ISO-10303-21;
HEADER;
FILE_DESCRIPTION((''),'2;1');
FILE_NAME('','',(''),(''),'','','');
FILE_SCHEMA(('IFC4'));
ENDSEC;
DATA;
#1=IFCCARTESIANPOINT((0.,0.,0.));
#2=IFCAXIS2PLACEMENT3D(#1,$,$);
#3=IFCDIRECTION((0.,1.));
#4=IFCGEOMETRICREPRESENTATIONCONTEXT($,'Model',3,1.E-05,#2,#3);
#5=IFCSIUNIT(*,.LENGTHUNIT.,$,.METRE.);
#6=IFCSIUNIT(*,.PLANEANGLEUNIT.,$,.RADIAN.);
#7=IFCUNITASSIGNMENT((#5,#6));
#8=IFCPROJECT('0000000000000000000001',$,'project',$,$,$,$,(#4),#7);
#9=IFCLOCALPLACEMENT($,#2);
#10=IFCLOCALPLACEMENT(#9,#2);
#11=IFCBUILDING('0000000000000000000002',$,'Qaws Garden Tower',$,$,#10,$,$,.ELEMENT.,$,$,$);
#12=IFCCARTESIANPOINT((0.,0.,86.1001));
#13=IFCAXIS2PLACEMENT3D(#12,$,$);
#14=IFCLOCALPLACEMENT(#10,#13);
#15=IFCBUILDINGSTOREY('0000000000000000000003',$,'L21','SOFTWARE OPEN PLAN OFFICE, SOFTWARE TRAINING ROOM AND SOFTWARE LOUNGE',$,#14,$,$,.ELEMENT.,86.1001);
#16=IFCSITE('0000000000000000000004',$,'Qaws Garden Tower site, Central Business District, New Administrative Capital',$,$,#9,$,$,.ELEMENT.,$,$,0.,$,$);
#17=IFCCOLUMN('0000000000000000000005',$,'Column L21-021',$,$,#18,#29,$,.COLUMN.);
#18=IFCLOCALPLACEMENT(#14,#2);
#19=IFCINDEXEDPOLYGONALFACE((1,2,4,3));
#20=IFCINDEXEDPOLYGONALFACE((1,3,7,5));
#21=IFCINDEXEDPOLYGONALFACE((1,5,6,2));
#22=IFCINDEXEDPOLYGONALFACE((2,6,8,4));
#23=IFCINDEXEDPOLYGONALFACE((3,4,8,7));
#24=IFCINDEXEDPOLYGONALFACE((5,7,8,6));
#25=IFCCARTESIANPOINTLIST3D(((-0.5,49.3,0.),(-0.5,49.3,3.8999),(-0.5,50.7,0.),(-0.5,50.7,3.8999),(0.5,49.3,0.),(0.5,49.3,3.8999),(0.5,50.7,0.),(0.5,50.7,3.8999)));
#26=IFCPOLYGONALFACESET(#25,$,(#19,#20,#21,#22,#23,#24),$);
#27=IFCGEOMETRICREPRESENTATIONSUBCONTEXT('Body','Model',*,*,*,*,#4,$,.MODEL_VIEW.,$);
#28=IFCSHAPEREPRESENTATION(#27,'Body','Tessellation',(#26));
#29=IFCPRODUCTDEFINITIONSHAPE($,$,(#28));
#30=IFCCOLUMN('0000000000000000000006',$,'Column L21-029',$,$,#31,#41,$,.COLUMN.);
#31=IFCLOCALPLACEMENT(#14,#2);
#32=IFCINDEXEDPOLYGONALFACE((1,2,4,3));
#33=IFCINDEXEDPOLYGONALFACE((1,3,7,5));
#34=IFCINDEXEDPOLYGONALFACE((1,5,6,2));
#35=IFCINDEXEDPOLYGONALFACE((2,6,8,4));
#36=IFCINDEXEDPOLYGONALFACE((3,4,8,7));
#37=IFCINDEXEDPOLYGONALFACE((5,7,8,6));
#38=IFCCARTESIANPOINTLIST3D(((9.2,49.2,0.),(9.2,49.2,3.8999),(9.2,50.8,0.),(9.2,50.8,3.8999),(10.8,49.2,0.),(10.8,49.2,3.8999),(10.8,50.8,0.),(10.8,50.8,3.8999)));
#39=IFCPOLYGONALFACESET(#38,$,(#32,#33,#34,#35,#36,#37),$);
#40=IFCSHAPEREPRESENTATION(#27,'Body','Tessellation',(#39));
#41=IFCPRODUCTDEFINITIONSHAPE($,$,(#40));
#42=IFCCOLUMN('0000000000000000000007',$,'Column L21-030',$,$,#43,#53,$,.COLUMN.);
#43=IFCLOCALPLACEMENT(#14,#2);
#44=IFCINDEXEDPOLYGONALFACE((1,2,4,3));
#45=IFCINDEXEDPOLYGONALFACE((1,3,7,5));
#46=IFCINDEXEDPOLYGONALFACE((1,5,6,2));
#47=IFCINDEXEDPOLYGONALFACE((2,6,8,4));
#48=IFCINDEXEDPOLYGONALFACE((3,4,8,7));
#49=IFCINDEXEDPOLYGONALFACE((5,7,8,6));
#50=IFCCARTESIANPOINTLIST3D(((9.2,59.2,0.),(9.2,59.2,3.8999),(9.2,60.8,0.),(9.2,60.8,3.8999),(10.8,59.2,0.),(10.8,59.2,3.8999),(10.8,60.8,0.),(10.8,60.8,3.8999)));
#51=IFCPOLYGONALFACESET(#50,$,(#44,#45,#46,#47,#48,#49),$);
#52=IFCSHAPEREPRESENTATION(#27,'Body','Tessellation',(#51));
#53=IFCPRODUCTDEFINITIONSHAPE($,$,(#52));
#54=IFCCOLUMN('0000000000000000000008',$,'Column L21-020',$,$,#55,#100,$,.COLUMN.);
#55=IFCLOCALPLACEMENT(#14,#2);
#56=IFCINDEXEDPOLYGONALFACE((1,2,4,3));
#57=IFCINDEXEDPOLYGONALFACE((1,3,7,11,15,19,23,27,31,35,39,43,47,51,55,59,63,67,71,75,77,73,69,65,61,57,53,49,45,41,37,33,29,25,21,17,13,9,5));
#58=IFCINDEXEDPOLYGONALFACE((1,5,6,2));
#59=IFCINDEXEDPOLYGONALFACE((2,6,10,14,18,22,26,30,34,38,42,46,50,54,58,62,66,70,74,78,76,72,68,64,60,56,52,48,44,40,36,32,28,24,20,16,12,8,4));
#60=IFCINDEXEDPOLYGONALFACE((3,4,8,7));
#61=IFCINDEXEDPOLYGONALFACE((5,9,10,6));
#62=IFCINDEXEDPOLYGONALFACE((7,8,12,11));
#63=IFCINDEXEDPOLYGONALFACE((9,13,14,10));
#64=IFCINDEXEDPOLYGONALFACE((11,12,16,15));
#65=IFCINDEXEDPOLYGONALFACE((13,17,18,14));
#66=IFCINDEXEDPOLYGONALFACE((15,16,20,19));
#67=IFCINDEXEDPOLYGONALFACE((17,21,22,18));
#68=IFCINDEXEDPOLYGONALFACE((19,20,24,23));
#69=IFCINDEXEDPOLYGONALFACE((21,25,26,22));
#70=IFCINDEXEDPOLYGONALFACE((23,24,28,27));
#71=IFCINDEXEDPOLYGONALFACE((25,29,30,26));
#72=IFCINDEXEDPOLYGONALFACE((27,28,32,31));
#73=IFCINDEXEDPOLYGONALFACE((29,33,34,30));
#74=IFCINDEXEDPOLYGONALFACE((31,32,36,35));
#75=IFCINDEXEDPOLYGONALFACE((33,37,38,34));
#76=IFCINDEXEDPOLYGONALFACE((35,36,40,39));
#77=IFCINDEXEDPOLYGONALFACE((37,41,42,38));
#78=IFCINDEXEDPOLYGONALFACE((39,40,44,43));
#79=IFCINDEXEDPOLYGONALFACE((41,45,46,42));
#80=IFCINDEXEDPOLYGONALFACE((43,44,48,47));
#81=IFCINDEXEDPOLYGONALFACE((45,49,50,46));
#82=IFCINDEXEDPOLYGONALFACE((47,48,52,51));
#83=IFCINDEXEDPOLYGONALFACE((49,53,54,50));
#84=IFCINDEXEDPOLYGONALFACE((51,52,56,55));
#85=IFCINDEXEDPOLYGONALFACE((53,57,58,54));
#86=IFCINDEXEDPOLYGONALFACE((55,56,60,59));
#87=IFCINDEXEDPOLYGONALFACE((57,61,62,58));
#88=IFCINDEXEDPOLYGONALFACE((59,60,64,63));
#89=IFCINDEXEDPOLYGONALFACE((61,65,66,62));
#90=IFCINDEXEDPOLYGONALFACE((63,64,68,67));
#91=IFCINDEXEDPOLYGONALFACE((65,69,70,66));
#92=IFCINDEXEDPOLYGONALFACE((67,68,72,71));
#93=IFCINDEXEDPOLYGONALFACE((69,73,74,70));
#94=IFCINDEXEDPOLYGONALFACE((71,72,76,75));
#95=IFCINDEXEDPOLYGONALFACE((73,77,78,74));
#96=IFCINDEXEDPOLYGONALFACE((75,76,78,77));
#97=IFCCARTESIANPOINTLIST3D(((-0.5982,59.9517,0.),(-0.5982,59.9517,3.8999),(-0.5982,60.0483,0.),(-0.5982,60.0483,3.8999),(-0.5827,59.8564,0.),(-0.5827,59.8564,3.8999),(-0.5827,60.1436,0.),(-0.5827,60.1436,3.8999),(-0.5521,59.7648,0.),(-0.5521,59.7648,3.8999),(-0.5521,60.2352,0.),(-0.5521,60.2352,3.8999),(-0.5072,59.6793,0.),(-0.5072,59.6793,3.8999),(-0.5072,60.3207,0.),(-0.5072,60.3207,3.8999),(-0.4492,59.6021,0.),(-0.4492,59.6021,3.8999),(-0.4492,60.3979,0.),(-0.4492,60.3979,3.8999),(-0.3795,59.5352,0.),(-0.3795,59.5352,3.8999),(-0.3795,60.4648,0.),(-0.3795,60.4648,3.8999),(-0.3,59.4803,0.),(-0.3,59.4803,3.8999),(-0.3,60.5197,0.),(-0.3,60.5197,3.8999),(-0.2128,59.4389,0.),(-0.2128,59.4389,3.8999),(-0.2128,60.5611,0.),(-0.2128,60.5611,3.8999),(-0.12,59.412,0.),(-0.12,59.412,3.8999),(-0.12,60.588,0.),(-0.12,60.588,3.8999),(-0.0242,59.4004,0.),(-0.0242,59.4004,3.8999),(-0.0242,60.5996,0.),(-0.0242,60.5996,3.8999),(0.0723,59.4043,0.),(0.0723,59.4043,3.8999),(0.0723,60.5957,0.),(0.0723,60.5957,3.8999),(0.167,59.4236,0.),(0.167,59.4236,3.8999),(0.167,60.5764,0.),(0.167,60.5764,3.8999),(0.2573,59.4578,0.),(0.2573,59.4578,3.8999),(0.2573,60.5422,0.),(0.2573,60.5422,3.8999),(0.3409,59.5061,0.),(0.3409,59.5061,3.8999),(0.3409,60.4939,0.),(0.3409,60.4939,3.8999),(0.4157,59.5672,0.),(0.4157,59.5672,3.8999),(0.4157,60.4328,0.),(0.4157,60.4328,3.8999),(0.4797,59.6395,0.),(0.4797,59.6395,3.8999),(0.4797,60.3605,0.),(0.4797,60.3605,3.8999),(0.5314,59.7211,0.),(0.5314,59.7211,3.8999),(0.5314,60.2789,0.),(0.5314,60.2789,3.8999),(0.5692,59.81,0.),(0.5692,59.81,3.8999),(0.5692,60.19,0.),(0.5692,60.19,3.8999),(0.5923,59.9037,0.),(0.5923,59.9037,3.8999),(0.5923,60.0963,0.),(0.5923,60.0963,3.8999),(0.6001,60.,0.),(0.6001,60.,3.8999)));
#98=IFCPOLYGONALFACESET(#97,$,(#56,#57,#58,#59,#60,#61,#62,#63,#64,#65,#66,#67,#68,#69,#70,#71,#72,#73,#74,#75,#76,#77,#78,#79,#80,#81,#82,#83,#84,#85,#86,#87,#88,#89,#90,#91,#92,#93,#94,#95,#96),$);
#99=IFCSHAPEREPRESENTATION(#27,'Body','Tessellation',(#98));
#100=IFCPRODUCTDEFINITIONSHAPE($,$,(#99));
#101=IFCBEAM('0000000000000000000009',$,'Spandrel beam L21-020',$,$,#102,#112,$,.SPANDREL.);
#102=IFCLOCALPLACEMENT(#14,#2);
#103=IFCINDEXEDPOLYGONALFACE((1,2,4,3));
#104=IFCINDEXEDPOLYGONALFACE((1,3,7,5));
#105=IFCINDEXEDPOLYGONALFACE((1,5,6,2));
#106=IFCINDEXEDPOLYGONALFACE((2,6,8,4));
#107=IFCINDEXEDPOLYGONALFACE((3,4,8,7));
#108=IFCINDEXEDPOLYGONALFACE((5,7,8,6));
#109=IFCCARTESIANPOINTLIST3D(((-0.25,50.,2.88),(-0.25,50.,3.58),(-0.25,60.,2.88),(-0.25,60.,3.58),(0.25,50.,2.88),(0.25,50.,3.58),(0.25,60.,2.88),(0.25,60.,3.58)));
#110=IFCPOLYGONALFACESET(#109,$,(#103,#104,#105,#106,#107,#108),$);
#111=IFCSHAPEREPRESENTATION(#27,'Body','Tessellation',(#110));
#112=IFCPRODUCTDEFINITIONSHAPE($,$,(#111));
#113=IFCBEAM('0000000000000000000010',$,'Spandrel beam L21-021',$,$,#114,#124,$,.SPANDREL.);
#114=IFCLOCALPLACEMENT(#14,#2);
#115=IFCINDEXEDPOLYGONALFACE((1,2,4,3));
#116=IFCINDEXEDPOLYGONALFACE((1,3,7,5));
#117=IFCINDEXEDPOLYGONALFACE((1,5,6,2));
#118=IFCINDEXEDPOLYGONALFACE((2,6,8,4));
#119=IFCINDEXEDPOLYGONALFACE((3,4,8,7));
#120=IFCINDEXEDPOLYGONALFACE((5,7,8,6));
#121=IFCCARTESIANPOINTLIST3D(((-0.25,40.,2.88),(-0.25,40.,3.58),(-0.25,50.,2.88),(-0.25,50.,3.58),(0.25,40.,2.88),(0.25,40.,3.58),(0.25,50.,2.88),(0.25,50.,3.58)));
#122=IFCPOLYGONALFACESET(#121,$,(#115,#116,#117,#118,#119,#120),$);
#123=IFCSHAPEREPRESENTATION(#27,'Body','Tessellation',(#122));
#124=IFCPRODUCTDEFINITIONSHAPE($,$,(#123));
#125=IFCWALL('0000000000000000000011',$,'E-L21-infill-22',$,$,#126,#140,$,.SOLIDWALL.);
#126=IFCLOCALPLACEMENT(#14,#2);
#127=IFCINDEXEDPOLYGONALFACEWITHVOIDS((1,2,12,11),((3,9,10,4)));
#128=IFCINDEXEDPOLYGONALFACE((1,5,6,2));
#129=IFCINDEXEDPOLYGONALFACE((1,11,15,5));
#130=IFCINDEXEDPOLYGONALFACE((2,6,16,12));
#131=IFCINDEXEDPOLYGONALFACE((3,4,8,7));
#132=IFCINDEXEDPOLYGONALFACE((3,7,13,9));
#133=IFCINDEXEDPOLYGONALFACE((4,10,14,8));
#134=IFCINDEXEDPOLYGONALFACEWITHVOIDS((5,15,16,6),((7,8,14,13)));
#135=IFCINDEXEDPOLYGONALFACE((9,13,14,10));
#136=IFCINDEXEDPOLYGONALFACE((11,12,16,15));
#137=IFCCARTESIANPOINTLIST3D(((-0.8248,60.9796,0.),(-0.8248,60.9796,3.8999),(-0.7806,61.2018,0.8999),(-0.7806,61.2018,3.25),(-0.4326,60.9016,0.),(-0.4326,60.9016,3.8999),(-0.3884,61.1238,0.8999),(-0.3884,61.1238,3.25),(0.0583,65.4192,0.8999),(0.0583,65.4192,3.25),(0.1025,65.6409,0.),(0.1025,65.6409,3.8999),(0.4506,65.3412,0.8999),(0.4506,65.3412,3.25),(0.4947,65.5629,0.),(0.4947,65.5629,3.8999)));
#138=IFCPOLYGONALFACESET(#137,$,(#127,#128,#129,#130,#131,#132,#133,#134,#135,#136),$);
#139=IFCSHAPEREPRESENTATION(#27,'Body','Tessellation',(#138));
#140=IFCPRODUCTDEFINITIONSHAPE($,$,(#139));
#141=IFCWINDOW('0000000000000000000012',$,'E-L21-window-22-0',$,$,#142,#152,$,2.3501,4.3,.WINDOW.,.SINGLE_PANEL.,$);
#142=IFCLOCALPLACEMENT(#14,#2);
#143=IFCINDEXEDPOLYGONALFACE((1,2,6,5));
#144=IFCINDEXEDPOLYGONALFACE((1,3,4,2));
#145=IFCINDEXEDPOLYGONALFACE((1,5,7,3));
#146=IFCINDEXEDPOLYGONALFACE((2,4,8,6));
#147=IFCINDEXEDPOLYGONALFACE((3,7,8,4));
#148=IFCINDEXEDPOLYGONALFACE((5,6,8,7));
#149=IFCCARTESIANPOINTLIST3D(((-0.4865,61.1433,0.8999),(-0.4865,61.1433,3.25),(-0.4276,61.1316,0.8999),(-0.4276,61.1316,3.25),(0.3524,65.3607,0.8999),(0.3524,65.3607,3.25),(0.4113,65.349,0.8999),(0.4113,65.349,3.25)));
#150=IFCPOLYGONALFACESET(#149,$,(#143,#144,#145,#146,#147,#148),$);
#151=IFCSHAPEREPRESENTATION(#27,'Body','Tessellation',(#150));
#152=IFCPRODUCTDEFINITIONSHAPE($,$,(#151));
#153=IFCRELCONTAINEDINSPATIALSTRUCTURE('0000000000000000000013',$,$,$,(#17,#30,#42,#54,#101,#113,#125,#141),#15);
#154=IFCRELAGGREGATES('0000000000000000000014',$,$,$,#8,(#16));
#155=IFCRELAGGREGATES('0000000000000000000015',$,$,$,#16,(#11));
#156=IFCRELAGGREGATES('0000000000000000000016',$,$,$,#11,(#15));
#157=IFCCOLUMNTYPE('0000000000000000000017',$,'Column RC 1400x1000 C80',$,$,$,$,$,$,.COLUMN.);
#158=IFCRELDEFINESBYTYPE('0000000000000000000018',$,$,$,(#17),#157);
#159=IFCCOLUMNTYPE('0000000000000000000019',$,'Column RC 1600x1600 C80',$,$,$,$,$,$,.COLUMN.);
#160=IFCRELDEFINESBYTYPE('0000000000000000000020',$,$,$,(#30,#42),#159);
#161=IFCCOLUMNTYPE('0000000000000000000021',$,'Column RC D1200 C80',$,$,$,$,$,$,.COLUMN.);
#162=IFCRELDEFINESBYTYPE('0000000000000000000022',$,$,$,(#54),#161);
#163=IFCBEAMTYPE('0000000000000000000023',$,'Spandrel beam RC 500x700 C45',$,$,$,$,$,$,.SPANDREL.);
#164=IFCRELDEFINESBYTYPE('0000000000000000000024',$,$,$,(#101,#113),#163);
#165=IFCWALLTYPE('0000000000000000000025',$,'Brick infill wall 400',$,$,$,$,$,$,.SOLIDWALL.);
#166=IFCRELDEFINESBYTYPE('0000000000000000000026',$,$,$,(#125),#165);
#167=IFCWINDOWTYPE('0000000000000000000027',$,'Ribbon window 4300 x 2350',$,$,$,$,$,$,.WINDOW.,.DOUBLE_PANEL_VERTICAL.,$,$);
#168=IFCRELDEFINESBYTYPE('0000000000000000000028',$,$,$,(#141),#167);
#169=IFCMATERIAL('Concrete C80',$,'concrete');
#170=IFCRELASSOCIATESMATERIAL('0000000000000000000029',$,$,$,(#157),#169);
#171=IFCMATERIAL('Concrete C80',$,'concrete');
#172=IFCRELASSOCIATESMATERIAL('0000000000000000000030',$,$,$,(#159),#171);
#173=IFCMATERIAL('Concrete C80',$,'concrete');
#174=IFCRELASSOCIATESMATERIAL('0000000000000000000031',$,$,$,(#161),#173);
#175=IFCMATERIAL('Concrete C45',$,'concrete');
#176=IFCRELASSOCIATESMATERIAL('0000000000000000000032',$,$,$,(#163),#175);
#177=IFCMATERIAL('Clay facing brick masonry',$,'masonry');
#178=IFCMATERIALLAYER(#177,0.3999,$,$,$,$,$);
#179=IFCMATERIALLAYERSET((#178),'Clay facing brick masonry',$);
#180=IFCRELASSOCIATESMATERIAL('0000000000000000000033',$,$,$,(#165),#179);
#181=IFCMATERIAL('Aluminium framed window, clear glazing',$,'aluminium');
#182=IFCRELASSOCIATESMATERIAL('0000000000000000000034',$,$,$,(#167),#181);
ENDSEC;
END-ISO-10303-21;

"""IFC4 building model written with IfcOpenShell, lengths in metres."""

from ifc_helpers import new_model, si_unit, direction, frame, frame_2d, origin, origin_2d, place, context, subcontext, project, spatial, rectangle, circle, extrude, material, layer, layer_set, material_profile, profile_set, type_object, element, fill, save


model = new_model("IFC4")

# Units and contexts
model_context = context("Model", 3, precision=1e-05, world=origin(), true_north=direction((0.0, 1.0)))
body_context = subcontext(model_context, "Body", "Model", "MODEL_VIEW")
ifc_project = project(units=[si_unit("LENGTHUNIT", "METRE"), si_unit("PLANEANGLEUNIT", "RADIAN")], contexts=[model_context])

# Site, building, storey
site_placement = place(None, origin())
site = spatial("IfcSite", under=ifc_project, at=site_placement, Name="Qaws Garden Tower site, Central Business District, New Administrative Capital", CompositionType="ELEMENT", RefElevation=0.0)
building_placement = place(site_placement, origin())
building = spatial("IfcBuilding", under=site, at=building_placement, Name="Qaws Garden Tower", CompositionType="ELEMENT")
storey_placement = place(building_placement, frame((0.0, 0.0, 86.1001)))
storey = spatial("IfcBuildingStorey", under=building, at=storey_placement, Name="L21", Description="SOFTWARE OPEN PLAN OFFICE, SOFTWARE TRAINING ROOM AND SOFTWARE LOUNGE", CompositionType="ELEMENT", Elevation=86.1001)

# Columns
ifc_material_1 = material(Name="Concrete C80", Category="concrete")
ifc_material_profile_1 = material_profile(ifc_material_1, rectangle(XDim=1.3999, YDim=1.0, at=origin_2d()), Name="RC 1400x1000")
ifc_profile_set_1 = profile_set([ifc_material_profile_1], Name="Concrete C80")
column_type_1 = type_object("IfcColumnType", Name="Column RC 1400x1000 C80", PredefinedType="COLUMN", material=ifc_profile_set_1)
column_1_placement = place(storey_placement, frame((0.0, 50.0, 0.0), z_axis=(0.0, 0.0, 1.0), x_axis=(0.0, 1.0, 0.0)))
element("IfcColumn", 1, at=column_1_placement, inside=storey, type_object=column_type_1, Name="Column L21-021", PredefinedType="COLUMN", context=body_context, shape_type="SweptSolid", body=[
    extrude(rectangle(XDim=1.3999, YDim=1.0, at=origin_2d()), origin(), (0.0, 0.0, 1.0), 3.8999),
])
ifc_material_2 = material(Name="Concrete C80", Category="concrete")
ifc_material_profile_2 = material_profile(ifc_material_2, rectangle(XDim=1.6001, YDim=1.6001, at=origin_2d()), Name="RC 1600x1600")
ifc_profile_set_2 = profile_set([ifc_material_profile_2], Name="Concrete C80")
column_type_2 = type_object("IfcColumnType", Name="Column RC 1600x1600 C80", PredefinedType="COLUMN", material=ifc_profile_set_2)
for number, where, z_axis, x_axis, name in (
    (2, (10.0, 50.0, 0.0), (0.0, 0.0, 1.0), (1.0, 0.0, 0.0), "Column L21-029"),
    (3, (10.0, 60.0, 0.0), (0.0, 0.0, 1.0), (1.0, 0.0, 0.0), "Column L21-030"),
):
    element("IfcColumn", number, at=place(storey_placement, frame(where, z_axis=z_axis, x_axis=x_axis)), inside=storey, type_object=column_type_2, Name=name, PredefinedType="COLUMN", context=body_context, shape_type="SweptSolid", body=[
        extrude(rectangle(XDim=1.6001, YDim=1.6001, at=origin_2d()), origin(), (0.0, 0.0, 1.0), 3.8999),
    ])
ifc_material_3 = material(Name="Concrete C80", Category="concrete")
ifc_material_profile_3 = material_profile(ifc_material_3, circle(Radius=0.6001, at=origin_2d()), Name="RC D1200")
ifc_profile_set_3 = profile_set([ifc_material_profile_3], Name="Concrete C80")
column_type_3 = type_object("IfcColumnType", Name="Column RC D1200 C80", PredefinedType="COLUMN", material=ifc_profile_set_3)
column_2_placement = place(storey_placement, frame((0.0, 60.0, 0.0), z_axis=(0.0, 0.0, 1.0), x_axis=(1.0, 0.0, 0.0)))
element("IfcColumn", 4, at=column_2_placement, inside=storey, type_object=column_type_3, Name="Column L21-020", PredefinedType="COLUMN", context=body_context, shape_type="SweptSolid", body=[
    extrude(circle(Radius=0.6001, at=origin_2d()), origin(), (0.0, 0.0, 1.0), 3.8999),
])

# Beams
ifc_material_4 = material(Name="Concrete C45", Category="concrete")
ifc_material_profile_4 = material_profile(ifc_material_4, rectangle(XDim=0.5, YDim=0.7, at=origin_2d()), Name="RC 500x700")
ifc_profile_set_4 = profile_set([ifc_material_profile_4], Name="Concrete C45")
beam_type = type_object("IfcBeamType", Name="Spandrel beam RC 500x700 C45", PredefinedType="SPANDREL", material=ifc_profile_set_4)
for number, where, z_axis, x_axis, name in (
    (5, (0.0, 60.0, 3.23), (0.0, -1.0, 0.0), (1.0, 0.0, 0.0), "Spandrel beam L21-020"),
    (6, (0.0, 50.0, 3.23), (0.0, -1.0, 0.0), (1.0, 0.0, 0.0), "Spandrel beam L21-021"),
):
    element("IfcBeam", number, at=place(storey_placement, frame(where, z_axis=z_axis, x_axis=x_axis)), inside=storey, type_object=beam_type, Name=name, PredefinedType="SPANDREL", context=body_context, shape_type="SweptSolid", body=[
        extrude(rectangle(XDim=0.5, YDim=0.7, at=origin_2d()), origin(), (0.0, 0.0, 1.0), 10.0),
    ])

# Wall, opening, window
ifc_material_5 = material(Name="Clay facing brick masonry", Category="masonry")
ifc_layer_1 = layer(ifc_material_5, 0.3999)
ifc_layer_set_1 = layer_set([ifc_layer_1], Name="Clay facing brick masonry")
wall_type_1 = type_object("IfcWallType", Name="Brick infill wall 400", PredefinedType="SOLIDWALL", material=ifc_layer_set_1)
wall_1_placement = place(storey_placement, frame((0.2986, 65.6021, 0.0), z_axis=(0.0, 0.0, 1.0), x_axis=(-0.195099, -0.980784, 0.0)))
wall_1 = element("IfcWall", 7, at=wall_1_placement, inside=storey, type_object=wall_type_1, Name="E-L21-infill-22", PredefinedType="SOLIDWALL", context=body_context, shape_type="SweptSolid", body=[
    extrude(rectangle(XDim=4.7527, YDim=0.3999, at=frame_2d((2.3765, 0.0))), origin(), (0.0, 0.0, 1.0), 3.8999),
])
opening_1_placement = place(wall_1_placement, frame((0.2263, 0.0, 0.8999)))
opening_1 = element("IfcOpeningElement", 8, at=opening_1_placement, cuts=wall_1, PredefinedType="OPENING", context=body_context, shape_type="SweptSolid", body=[
    extrude(rectangle(XDim=4.3, YDim=2.3501, at=frame_2d((2.1499, 1.175))), frame((0.0, 0.21, 0.0), z_axis=(0.0, -1.0, 0.0), x_axis=(1.0, 0.0, 0.0)), (0.0, 0.0, 1.0), 0.4199),
])
ifc_material_6 = material(Name="Aluminium framed window, clear glazing", Category="aluminium")
window_type_1 = type_object("IfcWindowType", Name="Ribbon window 4300 x 2350", PartitioningType="DOUBLE_PANEL_VERTICAL", PredefinedType="WINDOW", material=ifc_material_6)
window_1_placement = place(opening_1_placement, origin())
window_1 = element("IfcWindow", 9, at=window_1_placement, inside=storey, type_object=window_type_1, Name="E-L21-window-22-0", OverallHeight=2.3501, OverallWidth=4.3, PartitioningType="SINGLE_PANEL", PredefinedType="WINDOW", context=body_context, shape_type="SweptSolid", body=[
    extrude(rectangle(XDim=4.3, YDim=2.3501, at=frame_2d((2.1499, 1.175))), frame((0.0, 0.1599, 0.0), z_axis=(0.0, -1.0, 0.0), x_axis=(1.0, 0.0, 0.0)), (0.0, 0.0, 1.0), 0.0601),
])
fill(opening_1, window_1)

save(model, "model.ifc")
